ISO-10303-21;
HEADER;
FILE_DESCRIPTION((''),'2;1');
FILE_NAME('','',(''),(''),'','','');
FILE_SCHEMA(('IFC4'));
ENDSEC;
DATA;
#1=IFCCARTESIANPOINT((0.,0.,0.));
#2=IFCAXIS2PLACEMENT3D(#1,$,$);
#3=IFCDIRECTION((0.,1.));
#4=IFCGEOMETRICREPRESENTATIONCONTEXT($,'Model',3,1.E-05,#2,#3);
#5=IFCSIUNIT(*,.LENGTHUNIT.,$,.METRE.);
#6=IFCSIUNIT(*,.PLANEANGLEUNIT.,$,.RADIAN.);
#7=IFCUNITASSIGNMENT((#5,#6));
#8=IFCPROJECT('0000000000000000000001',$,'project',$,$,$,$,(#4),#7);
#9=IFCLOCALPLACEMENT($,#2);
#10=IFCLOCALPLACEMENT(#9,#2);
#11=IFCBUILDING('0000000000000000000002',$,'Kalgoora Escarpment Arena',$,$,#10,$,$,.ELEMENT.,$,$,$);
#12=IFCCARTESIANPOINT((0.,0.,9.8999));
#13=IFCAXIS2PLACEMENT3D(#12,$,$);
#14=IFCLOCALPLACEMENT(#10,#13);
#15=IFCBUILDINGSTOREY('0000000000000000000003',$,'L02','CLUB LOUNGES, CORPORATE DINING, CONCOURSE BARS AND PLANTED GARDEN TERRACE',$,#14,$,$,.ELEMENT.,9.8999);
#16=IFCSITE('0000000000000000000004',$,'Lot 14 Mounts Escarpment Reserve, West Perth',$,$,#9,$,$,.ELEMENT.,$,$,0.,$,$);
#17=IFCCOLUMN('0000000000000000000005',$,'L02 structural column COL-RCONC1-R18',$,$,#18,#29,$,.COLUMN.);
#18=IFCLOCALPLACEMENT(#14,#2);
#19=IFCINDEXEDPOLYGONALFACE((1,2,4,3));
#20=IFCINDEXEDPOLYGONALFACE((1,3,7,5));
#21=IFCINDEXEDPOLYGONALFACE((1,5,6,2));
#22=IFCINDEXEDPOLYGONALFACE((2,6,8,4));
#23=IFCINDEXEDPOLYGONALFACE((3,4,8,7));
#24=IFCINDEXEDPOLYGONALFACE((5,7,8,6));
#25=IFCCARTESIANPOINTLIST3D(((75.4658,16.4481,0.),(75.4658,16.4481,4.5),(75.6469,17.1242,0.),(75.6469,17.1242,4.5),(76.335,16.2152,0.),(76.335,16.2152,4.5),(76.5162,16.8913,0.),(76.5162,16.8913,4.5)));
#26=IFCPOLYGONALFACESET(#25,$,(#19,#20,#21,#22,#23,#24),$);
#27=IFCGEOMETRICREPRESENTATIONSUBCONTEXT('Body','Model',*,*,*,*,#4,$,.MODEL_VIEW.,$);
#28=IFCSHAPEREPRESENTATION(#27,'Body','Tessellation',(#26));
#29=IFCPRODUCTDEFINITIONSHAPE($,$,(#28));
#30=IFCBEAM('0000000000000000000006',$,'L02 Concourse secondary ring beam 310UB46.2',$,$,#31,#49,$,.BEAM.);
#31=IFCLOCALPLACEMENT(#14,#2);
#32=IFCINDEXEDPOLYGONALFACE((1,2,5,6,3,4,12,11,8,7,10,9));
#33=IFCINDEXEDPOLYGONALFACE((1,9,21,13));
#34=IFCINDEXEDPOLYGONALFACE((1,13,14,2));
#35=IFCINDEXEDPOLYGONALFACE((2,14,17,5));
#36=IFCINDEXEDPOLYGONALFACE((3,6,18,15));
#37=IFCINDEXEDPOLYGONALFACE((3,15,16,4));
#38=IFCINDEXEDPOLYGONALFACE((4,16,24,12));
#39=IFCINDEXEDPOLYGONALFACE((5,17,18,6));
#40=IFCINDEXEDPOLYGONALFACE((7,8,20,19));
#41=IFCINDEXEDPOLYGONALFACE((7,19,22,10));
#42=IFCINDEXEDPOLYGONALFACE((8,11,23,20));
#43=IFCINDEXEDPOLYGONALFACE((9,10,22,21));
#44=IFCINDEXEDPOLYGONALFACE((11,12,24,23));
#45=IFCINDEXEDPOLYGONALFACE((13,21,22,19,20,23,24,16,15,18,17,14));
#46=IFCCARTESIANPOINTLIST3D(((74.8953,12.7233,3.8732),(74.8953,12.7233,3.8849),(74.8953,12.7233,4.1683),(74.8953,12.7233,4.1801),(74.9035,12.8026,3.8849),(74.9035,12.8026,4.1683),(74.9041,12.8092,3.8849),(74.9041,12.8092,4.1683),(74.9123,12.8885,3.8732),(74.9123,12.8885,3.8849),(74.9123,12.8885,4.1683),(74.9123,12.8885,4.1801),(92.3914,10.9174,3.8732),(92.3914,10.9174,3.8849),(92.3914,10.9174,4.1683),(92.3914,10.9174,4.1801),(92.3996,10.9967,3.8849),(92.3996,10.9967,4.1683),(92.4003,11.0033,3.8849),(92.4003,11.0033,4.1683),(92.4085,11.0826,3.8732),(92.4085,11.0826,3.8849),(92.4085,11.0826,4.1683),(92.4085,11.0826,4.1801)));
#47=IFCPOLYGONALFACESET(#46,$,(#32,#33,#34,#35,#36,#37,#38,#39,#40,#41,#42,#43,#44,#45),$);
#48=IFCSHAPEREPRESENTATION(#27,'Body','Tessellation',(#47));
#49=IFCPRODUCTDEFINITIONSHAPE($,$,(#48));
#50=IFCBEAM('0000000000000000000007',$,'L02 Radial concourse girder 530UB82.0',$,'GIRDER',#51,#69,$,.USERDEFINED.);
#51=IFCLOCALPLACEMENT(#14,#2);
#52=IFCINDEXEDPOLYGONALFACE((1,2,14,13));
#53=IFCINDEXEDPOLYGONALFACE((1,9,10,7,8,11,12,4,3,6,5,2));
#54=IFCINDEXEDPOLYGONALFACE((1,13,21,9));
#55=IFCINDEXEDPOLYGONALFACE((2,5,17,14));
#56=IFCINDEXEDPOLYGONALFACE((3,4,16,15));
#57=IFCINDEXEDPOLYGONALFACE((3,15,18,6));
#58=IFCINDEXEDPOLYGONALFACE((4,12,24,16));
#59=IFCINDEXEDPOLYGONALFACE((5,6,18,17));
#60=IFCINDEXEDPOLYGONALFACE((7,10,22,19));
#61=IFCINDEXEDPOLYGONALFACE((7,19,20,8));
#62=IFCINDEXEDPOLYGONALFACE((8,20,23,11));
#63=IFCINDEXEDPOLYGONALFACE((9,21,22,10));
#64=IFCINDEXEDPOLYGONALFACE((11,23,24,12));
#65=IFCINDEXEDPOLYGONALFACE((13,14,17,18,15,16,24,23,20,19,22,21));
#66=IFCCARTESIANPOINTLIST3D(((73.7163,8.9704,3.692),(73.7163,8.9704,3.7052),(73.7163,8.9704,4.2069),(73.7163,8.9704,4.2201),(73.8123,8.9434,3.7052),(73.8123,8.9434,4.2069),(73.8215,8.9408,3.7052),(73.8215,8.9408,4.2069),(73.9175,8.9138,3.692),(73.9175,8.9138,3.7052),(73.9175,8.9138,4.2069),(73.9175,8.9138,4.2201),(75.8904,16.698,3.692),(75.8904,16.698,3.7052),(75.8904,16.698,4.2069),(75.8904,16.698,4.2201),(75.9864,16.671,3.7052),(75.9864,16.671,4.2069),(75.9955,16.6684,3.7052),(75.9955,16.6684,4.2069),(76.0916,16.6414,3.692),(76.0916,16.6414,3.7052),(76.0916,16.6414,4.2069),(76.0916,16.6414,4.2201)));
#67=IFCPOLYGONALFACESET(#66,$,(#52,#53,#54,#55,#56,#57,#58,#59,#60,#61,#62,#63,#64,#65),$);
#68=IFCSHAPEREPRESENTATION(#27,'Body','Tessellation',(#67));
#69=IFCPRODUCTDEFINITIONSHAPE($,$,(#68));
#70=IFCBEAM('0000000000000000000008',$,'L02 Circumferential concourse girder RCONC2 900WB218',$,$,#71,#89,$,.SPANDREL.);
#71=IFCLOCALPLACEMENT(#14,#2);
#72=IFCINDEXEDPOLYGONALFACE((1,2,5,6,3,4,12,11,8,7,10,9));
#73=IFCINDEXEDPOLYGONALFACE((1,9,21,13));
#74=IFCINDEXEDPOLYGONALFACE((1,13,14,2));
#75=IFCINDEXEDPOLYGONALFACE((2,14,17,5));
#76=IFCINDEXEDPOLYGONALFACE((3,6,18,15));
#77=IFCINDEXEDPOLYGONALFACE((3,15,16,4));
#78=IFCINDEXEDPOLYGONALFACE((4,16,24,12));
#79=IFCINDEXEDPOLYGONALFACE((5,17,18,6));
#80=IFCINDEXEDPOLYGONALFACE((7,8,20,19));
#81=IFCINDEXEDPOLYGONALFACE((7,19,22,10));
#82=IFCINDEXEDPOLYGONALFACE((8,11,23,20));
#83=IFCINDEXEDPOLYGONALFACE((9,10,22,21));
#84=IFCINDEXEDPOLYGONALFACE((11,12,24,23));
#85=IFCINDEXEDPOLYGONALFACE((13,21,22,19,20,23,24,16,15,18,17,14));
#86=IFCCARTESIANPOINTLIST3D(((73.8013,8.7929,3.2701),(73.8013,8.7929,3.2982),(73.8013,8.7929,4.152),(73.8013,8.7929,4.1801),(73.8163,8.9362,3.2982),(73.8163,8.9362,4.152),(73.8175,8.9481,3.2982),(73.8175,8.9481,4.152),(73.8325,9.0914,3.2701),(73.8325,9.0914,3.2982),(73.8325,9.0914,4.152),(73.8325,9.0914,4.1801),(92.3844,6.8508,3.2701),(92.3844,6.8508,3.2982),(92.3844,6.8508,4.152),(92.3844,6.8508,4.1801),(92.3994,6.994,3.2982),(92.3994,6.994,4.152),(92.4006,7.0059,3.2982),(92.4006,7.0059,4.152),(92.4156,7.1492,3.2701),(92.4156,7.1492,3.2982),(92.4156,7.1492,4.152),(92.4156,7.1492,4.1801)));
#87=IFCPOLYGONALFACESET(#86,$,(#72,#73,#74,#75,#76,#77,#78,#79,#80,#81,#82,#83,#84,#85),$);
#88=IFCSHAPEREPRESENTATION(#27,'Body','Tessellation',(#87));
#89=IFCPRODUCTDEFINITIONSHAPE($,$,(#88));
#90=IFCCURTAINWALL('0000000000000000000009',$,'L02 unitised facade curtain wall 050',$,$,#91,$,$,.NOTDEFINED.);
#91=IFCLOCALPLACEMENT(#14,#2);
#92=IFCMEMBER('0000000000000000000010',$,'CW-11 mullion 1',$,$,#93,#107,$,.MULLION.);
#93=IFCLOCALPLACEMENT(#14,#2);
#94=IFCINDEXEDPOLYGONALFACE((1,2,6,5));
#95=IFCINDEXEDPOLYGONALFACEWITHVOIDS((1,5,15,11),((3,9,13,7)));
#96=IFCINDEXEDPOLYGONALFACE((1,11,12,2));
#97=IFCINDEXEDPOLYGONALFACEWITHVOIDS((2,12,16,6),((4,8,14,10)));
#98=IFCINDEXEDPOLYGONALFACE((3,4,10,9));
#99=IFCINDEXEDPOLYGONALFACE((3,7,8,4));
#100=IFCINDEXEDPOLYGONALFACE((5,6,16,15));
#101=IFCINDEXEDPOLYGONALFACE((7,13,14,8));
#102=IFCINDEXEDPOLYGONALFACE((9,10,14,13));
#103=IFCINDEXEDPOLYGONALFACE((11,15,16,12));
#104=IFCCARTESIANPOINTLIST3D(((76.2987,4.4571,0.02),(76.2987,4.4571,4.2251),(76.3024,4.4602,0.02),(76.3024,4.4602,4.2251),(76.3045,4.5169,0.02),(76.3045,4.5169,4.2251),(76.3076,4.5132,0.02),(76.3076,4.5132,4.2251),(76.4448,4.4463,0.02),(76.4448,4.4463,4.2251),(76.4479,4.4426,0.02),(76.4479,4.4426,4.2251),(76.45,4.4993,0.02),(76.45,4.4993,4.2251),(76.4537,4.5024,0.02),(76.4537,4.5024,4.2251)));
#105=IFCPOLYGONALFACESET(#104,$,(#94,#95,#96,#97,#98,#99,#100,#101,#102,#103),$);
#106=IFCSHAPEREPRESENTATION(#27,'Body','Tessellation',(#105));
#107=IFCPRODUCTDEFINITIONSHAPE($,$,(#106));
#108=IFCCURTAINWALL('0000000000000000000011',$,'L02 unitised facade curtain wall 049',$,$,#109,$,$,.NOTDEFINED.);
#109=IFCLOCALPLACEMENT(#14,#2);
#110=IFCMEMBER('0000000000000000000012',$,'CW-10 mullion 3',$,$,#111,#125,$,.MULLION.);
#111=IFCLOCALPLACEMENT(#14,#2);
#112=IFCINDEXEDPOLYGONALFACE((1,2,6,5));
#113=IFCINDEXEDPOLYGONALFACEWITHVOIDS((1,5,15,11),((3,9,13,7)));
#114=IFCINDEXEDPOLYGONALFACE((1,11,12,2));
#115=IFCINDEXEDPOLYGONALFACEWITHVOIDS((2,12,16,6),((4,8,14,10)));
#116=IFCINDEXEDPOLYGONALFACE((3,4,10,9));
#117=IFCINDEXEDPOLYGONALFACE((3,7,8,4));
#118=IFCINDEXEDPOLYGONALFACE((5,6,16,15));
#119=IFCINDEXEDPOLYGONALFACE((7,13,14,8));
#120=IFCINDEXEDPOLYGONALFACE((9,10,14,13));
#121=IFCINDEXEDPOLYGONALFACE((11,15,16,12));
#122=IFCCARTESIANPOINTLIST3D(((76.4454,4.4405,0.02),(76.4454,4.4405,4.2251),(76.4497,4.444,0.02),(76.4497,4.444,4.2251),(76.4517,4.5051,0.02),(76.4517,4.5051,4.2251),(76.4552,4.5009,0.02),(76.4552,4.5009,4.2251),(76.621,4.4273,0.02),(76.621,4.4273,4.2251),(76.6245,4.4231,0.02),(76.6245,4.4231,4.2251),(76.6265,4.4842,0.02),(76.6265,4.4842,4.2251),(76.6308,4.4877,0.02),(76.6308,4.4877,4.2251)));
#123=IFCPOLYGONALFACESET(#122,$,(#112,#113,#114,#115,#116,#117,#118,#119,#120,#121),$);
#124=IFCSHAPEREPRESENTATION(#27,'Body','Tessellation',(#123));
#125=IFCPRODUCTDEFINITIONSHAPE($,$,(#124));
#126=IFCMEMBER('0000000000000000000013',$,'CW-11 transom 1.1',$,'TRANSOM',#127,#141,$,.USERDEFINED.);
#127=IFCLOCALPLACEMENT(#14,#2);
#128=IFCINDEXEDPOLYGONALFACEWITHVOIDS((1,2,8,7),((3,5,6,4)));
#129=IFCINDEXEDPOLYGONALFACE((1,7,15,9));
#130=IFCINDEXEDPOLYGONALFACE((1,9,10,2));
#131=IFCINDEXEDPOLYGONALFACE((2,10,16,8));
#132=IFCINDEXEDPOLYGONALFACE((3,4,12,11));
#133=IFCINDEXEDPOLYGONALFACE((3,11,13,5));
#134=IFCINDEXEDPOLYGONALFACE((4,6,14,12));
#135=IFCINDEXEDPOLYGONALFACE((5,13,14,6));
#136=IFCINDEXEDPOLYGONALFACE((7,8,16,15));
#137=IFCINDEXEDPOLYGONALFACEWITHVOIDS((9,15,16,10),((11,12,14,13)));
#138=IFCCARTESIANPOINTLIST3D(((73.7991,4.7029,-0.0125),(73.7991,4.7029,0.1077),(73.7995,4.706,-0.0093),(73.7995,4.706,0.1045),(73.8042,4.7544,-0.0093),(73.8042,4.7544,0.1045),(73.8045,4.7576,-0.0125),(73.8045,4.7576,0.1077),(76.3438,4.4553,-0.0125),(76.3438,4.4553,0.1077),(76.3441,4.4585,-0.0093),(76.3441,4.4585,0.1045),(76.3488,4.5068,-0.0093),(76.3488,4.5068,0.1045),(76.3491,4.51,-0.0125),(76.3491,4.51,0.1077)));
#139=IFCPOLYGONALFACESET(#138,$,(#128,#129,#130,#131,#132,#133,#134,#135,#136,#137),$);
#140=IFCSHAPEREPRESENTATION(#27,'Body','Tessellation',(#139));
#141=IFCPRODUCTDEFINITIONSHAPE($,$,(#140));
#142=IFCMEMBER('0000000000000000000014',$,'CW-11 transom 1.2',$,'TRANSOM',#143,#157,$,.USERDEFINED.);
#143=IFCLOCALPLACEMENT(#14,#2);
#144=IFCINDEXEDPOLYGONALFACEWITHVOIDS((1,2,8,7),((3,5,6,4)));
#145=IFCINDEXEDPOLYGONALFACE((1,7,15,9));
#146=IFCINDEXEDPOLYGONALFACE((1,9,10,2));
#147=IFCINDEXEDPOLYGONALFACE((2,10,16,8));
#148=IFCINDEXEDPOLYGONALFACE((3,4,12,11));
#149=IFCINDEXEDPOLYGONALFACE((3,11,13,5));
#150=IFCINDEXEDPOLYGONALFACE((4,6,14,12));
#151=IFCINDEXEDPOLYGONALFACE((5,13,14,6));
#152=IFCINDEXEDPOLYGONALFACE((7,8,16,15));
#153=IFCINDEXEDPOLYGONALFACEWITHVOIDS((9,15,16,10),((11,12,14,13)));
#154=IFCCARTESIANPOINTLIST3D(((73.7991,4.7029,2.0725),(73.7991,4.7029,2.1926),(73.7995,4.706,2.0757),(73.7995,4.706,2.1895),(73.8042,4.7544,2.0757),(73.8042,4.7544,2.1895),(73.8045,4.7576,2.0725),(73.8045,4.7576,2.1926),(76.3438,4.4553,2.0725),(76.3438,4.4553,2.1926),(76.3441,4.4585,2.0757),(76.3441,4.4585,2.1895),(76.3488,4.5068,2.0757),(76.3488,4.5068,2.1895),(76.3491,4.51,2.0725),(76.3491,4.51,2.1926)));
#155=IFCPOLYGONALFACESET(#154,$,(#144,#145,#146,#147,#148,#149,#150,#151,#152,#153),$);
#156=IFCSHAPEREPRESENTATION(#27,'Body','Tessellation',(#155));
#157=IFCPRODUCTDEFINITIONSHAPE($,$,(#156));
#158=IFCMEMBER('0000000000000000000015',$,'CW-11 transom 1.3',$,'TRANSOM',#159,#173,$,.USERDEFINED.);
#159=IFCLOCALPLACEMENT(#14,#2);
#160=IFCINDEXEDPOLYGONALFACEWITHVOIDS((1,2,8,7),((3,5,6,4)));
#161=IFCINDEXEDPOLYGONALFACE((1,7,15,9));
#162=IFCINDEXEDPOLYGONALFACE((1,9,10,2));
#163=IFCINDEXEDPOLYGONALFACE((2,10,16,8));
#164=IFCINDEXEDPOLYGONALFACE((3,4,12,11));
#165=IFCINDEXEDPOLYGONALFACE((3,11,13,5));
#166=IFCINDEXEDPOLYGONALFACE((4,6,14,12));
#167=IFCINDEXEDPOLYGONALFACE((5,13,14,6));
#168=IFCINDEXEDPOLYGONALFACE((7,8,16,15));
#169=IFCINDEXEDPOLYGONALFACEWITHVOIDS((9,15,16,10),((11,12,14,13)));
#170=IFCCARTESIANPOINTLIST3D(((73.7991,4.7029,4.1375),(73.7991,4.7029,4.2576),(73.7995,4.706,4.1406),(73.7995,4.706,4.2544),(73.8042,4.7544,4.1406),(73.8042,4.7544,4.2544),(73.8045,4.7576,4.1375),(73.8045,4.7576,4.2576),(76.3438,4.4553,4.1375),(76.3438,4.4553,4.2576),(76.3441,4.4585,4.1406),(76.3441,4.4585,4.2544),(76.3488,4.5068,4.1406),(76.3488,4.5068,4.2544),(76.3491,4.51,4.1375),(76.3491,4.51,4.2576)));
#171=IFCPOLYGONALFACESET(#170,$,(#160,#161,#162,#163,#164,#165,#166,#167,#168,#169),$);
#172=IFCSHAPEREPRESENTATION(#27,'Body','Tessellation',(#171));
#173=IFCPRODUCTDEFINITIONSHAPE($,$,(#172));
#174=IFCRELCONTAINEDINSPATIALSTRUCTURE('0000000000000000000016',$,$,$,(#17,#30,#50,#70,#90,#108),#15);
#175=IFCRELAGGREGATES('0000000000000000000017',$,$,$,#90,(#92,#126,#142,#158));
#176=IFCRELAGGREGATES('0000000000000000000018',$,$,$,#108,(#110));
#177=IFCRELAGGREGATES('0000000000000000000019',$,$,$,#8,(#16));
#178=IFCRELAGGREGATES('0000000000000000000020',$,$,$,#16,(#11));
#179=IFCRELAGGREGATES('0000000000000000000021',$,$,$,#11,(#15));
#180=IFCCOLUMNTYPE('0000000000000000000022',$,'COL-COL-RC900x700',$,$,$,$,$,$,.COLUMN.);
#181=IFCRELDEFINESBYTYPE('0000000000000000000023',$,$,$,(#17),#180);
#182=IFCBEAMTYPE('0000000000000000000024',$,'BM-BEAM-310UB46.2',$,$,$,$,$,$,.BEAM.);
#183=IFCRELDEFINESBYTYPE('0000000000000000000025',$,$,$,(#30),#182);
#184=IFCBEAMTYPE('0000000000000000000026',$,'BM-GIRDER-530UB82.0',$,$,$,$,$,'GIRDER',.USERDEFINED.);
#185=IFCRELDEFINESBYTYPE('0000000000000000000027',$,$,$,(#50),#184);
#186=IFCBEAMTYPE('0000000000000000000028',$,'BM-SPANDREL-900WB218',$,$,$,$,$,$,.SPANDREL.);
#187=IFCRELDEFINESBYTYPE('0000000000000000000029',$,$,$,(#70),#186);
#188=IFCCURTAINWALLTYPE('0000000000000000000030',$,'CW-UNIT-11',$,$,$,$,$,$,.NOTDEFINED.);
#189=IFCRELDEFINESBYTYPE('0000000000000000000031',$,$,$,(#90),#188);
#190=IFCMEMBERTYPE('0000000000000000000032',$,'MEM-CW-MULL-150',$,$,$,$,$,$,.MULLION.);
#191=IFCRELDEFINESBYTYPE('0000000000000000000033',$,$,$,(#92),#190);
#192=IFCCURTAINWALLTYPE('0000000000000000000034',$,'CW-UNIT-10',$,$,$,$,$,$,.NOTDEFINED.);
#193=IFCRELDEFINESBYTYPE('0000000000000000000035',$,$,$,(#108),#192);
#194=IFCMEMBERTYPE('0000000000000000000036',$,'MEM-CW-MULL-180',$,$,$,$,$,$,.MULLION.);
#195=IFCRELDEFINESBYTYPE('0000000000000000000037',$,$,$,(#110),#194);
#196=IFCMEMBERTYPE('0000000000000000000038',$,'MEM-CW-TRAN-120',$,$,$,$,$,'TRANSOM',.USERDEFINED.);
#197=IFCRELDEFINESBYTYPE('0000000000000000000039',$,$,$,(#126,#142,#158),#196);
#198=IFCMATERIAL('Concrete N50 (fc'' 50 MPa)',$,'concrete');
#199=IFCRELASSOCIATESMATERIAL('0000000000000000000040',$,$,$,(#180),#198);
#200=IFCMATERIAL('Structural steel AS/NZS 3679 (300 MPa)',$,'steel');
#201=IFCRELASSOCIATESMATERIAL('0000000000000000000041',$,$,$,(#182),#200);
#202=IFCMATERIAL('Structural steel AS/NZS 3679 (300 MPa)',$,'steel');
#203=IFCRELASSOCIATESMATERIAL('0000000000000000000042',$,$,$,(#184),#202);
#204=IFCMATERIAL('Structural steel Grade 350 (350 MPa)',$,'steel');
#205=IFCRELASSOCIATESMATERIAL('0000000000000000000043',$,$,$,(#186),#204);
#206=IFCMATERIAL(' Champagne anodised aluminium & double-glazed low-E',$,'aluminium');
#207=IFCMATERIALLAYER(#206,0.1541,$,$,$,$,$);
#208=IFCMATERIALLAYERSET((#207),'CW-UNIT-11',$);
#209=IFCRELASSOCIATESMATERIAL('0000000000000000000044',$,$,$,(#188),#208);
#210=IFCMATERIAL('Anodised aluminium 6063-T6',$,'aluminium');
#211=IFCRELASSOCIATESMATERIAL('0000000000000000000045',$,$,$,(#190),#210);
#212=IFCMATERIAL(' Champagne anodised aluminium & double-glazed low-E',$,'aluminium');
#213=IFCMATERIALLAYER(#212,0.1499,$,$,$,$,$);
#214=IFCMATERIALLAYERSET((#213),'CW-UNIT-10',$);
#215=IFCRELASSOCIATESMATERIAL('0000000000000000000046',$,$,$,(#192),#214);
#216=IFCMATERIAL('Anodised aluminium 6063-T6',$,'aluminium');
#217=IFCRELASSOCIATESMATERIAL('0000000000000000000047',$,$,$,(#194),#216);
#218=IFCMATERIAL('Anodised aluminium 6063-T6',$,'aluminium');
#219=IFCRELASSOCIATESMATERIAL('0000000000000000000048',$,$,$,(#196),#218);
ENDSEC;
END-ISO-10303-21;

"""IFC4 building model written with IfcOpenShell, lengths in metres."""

from ifc_helpers import new_model, si_unit, direction, frame, origin, origin_2d, place, context, subcontext, project, spatial, rectangle, hollow_rectangle, i_section, extrude, material, layer, layer_set, material_profile, profile_set, type_object, element, aggregate, save


model = new_model("IFC4")

# Units and contexts
model_context = context("Model", 3, precision=1e-05, world=origin(), true_north=direction((0.0, 1.0)))
body_context = subcontext(model_context, "Body", "Model", "MODEL_VIEW")
ifc_project = project(units=[si_unit("LENGTHUNIT", "METRE"), si_unit("PLANEANGLEUNIT", "RADIAN")], contexts=[model_context])

# Site, building, storey
site_placement = place(None, origin())
site = spatial("IfcSite", under=ifc_project, at=site_placement, Name="Lot 14 Mounts Escarpment Reserve, West Perth", CompositionType="ELEMENT", RefElevation=0.0)
building_placement = place(site_placement, origin())
building = spatial("IfcBuilding", under=site, at=building_placement, Name="Kalgoora Escarpment Arena", CompositionType="ELEMENT")
storey_placement = place(building_placement, frame((0.0, 0.0, 9.8999)))
storey = spatial("IfcBuildingStorey", under=building, at=storey_placement, Name="L02", Description="CLUB LOUNGES, CORPORATE DINING, CONCOURSE BARS AND PLANTED GARDEN TERRACE", CompositionType="ELEMENT", Elevation=9.8999)

# Column
ifc_material_1 = material(Name="Concrete N50 (fc' 50 MPa)", Category="concrete")
ifc_material_profile_1 = material_profile(ifc_material_1, rectangle(XDim=0.7, YDim=0.8999, at=origin_2d()))
ifc_profile_set_1 = profile_set([ifc_material_profile_1], Name="Concrete N50 (fc' 50 MPa)")
column_type = type_object("IfcColumnType", Name="COL-COL-RC900x700", PredefinedType="COLUMN", material=ifc_profile_set_1)
column_placement = place(storey_placement, frame((75.991, 16.6697, 0.0), z_axis=(0.0, 0.0, 1.0), x_axis=(-0.258819, -0.965926, 0.0)))
element("IfcColumn", 1, at=column_placement, inside=storey, type_object=column_type, Name="L02 structural column COL-RCONC1-R18", PredefinedType="COLUMN", context=body_context, shape_type="SweptSolid", body=[
    extrude(rectangle(XDim=0.7, YDim=0.8999, at=origin_2d()), origin(), (0.0, 0.0, 1.0), 4.5),
])

# Beams
ifc_material_2 = material(Name="Structural steel AS/NZS 3679 (300 MPa)", Category="steel")
ifc_material_profile_2 = material_profile(ifc_material_2, i_section(OverallWidth=0.166, OverallDepth=0.3069, WebThickness=0.0066, FlangeThickness=0.0117, at=origin_2d()))
ifc_profile_set_2 = profile_set([ifc_material_profile_2], Name="Structural steel AS/NZS 3679 (300 MPa)")
beam_type_1 = type_object("IfcBeamType", Name="BM-BEAM-310UB46.2", PredefinedType="BEAM", material=ifc_profile_set_2)
beam_1_placement = place(storey_placement, frame((74.9038, 12.8059, 4.0266), z_axis=(0.994715, -0.102672, 0.0), x_axis=(0.102672, 0.994715, 0.0)))
element("IfcBeam", 2, at=beam_1_placement, inside=storey, type_object=beam_type_1, Name="L02 Concourse secondary ring beam 310UB46.2", PredefinedType="BEAM", context=body_context, shape_type="SweptSolid", body=[
    extrude(i_section(OverallWidth=0.166, OverallDepth=0.3069, WebThickness=0.0066, FlangeThickness=0.0117, at=origin_2d()), origin(), (0.0, 0.0, 1.0), 17.5891),
])
ifc_material_3 = material(Name="Structural steel AS/NZS 3679 (300 MPa)", Category="steel")
ifc_material_profile_3 = material_profile(ifc_material_3, i_section(OverallWidth=0.209, OverallDepth=0.5281, WebThickness=0.0095, FlangeThickness=0.0132, at=origin_2d()))
ifc_profile_set_3 = profile_set([ifc_material_profile_3], Name="Structural steel AS/NZS 3679 (300 MPa)")
beam_type_2 = type_object("IfcBeamType", Name="BM-GIRDER-530UB82.0", ElementType="GIRDER", PredefinedType="USERDEFINED", material=ifc_profile_set_3)
beam_2_placement = place(storey_placement, frame((75.991, 16.6697, 3.9561), z_axis=(-0.270827, -0.962628, 0.0), x_axis=(0.962628, -0.270827, 0.0)))
element("IfcBeam", 3, at=beam_2_placement, inside=storey, type_object=beam_type_2, Name="L02 Radial concourse girder 530UB82.0", ObjectType="GIRDER", PredefinedType="USERDEFINED", context=body_context, shape_type="SweptSolid", body=[
    extrude(i_section(OverallWidth=0.209, OverallDepth=0.5281, WebThickness=0.0095, FlangeThickness=0.0132, at=origin_2d()), origin(), (0.0, 0.0, 1.0), 8.0276),
])
ifc_material_4 = material(Name="Structural steel Grade 350 (350 MPa)", Category="steel")
ifc_material_profile_4 = material_profile(ifc_material_4, i_section(OverallWidth=0.3, OverallDepth=0.9099, WebThickness=0.012, FlangeThickness=0.0281, at=origin_2d()))
ifc_profile_set_4 = profile_set([ifc_material_profile_4], Name="Structural steel Grade 350 (350 MPa)")
beam_type_3 = type_object("IfcBeamType", Name="BM-SPANDREL-900WB218", PredefinedType="SPANDREL", material=ifc_profile_set_4)
beam_3_placement = place(storey_placement, frame((73.8169, 8.9421, 3.7251), z_axis=(0.994583, -0.103945, 0.0), x_axis=(0.103945, 0.994583, 0.0)))
element("IfcBeam", 4, at=beam_3_placement, inside=storey, type_object=beam_type_3, Name="L02 Circumferential concourse girder RCONC2 900WB218", PredefinedType="SPANDREL", context=body_context, shape_type="SweptSolid", body=[
    extrude(i_section(OverallWidth=0.3, OverallDepth=0.9099, WebThickness=0.012, FlangeThickness=0.0281, at=origin_2d()), origin(), (0.0, 0.0, 1.0), 18.6843),
])

# Curtain walls, members
ifc_material_5 = material(Name=" Champagne anodised aluminium & double-glazed low-E", Category="aluminium")
ifc_layer_1 = layer(ifc_material_5, 0.1541)
ifc_layer_set_1 = layer_set([ifc_layer_1], Name="CW-UNIT-11")
curtain_wall_type_1 = type_object("IfcCurtainWallType", Name="CW-UNIT-11", PredefinedType="NOTDEFINED", material=ifc_layer_set_1)
curtain_wall_1_placement = place(storey_placement, origin())
curtain_wall_1 = element("IfcCurtainWall", 5, at=curtain_wall_1_placement, inside=storey, type_object=curtain_wall_type_1, Name="L02 unitised facade curtain wall 050", PredefinedType="NOTDEFINED")
ifc_material_6 = material(Name="Anodised aluminium 6063-T6", Category="aluminium")
ifc_material_profile_5 = material_profile(ifc_material_6, hollow_rectangle(XDim=0.0601, YDim=0.1499, WallThickness=0.0034, at=origin_2d()))
ifc_profile_set_5 = profile_set([ifc_material_profile_5], Name="Anodised aluminium 6063-T6")
member_type_1 = type_object("IfcMemberType", Name="MEM-CW-MULL-150", PredefinedType="MULLION", material=ifc_profile_set_5)
member_1_placement = place(storey_placement, frame((76.3762, 4.4797, 0.02), z_axis=(0.0, 0.0, 1.0), x_axis=(-0.096853, -0.995299, 0.0)))
member_1 = element("IfcMember", 6, at=member_1_placement, type_object=member_type_1, Name="CW-11 mullion 1", PredefinedType="MULLION", context=body_context, shape_type="SweptSolid", body=[
    extrude(hollow_rectangle(XDim=0.0601, YDim=0.1499, WallThickness=0.0034, at=origin_2d()), origin(), (0.0, 0.0, 1.0), 4.2051),
])
ifc_material_7 = material(Name=" Champagne anodised aluminium & double-glazed low-E", Category="aluminium")
ifc_layer_2 = layer(ifc_material_7, 0.1499)
ifc_layer_set_2 = layer_set([ifc_layer_2], Name="CW-UNIT-10")
curtain_wall_type_2 = type_object("IfcCurtainWallType", Name="CW-UNIT-10", PredefinedType="NOTDEFINED", material=ifc_layer_set_2)
curtain_wall_2_placement = place(storey_placement, origin())
curtain_wall_2 = element("IfcCurtainWall", 7, at=curtain_wall_2_placement, inside=storey, type_object=curtain_wall_type_2, Name="L02 unitised facade curtain wall 049", PredefinedType="NOTDEFINED")
ifc_material_8 = material(Name="Anodised aluminium 6063-T6", Category="aluminium")
ifc_material_profile_6 = material_profile(ifc_material_8, hollow_rectangle(XDim=0.0649, YDim=0.1799, WallThickness=0.0039, at=origin_2d()))
ifc_profile_set_6 = profile_set([ifc_material_profile_6], Name="Anodised aluminium 6063-T6")
member_type_2 = type_object("IfcMemberType", Name="MEM-CW-MULL-180", PredefinedType="MULLION", material=ifc_profile_set_6)
member_2_placement = place(storey_placement, frame((76.5381, 4.4641, 0.02), z_axis=(0.0, 0.0, 1.0), x_axis=(-0.09686, -0.995298, 0.0)))
member_2 = element("IfcMember", 8, at=member_2_placement, type_object=member_type_2, Name="CW-10 mullion 3", PredefinedType="MULLION", context=body_context, shape_type="SweptSolid", body=[
    extrude(hollow_rectangle(XDim=0.0649, YDim=0.1799, WallThickness=0.0039, at=origin_2d()), origin(), (0.0, 0.0, 1.0), 4.2051),
])

# Members
ifc_material_9 = material(Name="Anodised aluminium 6063-T6", Category="aluminium")
ifc_material_profile_7 = material_profile(ifc_material_9, hollow_rectangle(XDim=0.0549, YDim=0.1201, WallThickness=0.0032, at=origin_2d()))
ifc_profile_set_7 = profile_set([ifc_material_profile_7], Name="Anodised aluminium 6063-T6")
member_type_3 = type_object("IfcMemberType", Name="MEM-CW-TRAN-120", ElementType="TRANSOM", PredefinedType="USERDEFINED", material=ifc_profile_set_7)
member_3_placement = place(storey_placement, frame((76.3464, 4.4827, 0.0476), z_axis=(-0.995301, 0.096828, 0.0), x_axis=(-0.096828, -0.995301, 0.0)))
member_3 = element("IfcMember", 9, at=member_3_placement, type_object=member_type_3, Name="CW-11 transom 1.1", ObjectType="TRANSOM", PredefinedType="USERDEFINED", context=body_context, shape_type="SweptSolid", body=[
    extrude(hollow_rectangle(XDim=0.0549, YDim=0.1201, WallThickness=0.0032, at=origin_2d()), origin(), (0.0, 0.0, 1.0), 2.5566),
])
member_4_placement = place(storey_placement, frame((76.3464, 4.4827, 2.1326), z_axis=(-0.995301, 0.096828, 0.0), x_axis=(-0.096828, -0.995301, 0.0)))
member_4 = element("IfcMember", 10, at=member_4_placement, type_object=member_type_3, Name="CW-11 transom 1.2", ObjectType="TRANSOM", PredefinedType="USERDEFINED", context=body_context, shape_type="SweptSolid", body=[
    extrude(hollow_rectangle(XDim=0.0549, YDim=0.1201, WallThickness=0.0032, at=origin_2d()), origin(), (0.0, 0.0, 1.0), 2.5566),
])
member_5_placement = place(storey_placement, frame((76.3464, 4.4827, 4.1975), z_axis=(-0.995301, 0.096828, 0.0), x_axis=(-0.096828, -0.995301, 0.0)))
member_5 = element("IfcMember", 11, at=member_5_placement, type_object=member_type_3, Name="CW-11 transom 1.3", ObjectType="TRANSOM", PredefinedType="USERDEFINED", context=body_context, shape_type="SweptSolid", body=[
    extrude(hollow_rectangle(XDim=0.0549, YDim=0.1201, WallThickness=0.0032, at=origin_2d()), origin(), (0.0, 0.0, 1.0), 2.5566),
])

aggregate(curtain_wall_1, [member_1, member_3, member_4, member_5])
aggregate(curtain_wall_2, [member_2])

save(model, "model.ifc")
